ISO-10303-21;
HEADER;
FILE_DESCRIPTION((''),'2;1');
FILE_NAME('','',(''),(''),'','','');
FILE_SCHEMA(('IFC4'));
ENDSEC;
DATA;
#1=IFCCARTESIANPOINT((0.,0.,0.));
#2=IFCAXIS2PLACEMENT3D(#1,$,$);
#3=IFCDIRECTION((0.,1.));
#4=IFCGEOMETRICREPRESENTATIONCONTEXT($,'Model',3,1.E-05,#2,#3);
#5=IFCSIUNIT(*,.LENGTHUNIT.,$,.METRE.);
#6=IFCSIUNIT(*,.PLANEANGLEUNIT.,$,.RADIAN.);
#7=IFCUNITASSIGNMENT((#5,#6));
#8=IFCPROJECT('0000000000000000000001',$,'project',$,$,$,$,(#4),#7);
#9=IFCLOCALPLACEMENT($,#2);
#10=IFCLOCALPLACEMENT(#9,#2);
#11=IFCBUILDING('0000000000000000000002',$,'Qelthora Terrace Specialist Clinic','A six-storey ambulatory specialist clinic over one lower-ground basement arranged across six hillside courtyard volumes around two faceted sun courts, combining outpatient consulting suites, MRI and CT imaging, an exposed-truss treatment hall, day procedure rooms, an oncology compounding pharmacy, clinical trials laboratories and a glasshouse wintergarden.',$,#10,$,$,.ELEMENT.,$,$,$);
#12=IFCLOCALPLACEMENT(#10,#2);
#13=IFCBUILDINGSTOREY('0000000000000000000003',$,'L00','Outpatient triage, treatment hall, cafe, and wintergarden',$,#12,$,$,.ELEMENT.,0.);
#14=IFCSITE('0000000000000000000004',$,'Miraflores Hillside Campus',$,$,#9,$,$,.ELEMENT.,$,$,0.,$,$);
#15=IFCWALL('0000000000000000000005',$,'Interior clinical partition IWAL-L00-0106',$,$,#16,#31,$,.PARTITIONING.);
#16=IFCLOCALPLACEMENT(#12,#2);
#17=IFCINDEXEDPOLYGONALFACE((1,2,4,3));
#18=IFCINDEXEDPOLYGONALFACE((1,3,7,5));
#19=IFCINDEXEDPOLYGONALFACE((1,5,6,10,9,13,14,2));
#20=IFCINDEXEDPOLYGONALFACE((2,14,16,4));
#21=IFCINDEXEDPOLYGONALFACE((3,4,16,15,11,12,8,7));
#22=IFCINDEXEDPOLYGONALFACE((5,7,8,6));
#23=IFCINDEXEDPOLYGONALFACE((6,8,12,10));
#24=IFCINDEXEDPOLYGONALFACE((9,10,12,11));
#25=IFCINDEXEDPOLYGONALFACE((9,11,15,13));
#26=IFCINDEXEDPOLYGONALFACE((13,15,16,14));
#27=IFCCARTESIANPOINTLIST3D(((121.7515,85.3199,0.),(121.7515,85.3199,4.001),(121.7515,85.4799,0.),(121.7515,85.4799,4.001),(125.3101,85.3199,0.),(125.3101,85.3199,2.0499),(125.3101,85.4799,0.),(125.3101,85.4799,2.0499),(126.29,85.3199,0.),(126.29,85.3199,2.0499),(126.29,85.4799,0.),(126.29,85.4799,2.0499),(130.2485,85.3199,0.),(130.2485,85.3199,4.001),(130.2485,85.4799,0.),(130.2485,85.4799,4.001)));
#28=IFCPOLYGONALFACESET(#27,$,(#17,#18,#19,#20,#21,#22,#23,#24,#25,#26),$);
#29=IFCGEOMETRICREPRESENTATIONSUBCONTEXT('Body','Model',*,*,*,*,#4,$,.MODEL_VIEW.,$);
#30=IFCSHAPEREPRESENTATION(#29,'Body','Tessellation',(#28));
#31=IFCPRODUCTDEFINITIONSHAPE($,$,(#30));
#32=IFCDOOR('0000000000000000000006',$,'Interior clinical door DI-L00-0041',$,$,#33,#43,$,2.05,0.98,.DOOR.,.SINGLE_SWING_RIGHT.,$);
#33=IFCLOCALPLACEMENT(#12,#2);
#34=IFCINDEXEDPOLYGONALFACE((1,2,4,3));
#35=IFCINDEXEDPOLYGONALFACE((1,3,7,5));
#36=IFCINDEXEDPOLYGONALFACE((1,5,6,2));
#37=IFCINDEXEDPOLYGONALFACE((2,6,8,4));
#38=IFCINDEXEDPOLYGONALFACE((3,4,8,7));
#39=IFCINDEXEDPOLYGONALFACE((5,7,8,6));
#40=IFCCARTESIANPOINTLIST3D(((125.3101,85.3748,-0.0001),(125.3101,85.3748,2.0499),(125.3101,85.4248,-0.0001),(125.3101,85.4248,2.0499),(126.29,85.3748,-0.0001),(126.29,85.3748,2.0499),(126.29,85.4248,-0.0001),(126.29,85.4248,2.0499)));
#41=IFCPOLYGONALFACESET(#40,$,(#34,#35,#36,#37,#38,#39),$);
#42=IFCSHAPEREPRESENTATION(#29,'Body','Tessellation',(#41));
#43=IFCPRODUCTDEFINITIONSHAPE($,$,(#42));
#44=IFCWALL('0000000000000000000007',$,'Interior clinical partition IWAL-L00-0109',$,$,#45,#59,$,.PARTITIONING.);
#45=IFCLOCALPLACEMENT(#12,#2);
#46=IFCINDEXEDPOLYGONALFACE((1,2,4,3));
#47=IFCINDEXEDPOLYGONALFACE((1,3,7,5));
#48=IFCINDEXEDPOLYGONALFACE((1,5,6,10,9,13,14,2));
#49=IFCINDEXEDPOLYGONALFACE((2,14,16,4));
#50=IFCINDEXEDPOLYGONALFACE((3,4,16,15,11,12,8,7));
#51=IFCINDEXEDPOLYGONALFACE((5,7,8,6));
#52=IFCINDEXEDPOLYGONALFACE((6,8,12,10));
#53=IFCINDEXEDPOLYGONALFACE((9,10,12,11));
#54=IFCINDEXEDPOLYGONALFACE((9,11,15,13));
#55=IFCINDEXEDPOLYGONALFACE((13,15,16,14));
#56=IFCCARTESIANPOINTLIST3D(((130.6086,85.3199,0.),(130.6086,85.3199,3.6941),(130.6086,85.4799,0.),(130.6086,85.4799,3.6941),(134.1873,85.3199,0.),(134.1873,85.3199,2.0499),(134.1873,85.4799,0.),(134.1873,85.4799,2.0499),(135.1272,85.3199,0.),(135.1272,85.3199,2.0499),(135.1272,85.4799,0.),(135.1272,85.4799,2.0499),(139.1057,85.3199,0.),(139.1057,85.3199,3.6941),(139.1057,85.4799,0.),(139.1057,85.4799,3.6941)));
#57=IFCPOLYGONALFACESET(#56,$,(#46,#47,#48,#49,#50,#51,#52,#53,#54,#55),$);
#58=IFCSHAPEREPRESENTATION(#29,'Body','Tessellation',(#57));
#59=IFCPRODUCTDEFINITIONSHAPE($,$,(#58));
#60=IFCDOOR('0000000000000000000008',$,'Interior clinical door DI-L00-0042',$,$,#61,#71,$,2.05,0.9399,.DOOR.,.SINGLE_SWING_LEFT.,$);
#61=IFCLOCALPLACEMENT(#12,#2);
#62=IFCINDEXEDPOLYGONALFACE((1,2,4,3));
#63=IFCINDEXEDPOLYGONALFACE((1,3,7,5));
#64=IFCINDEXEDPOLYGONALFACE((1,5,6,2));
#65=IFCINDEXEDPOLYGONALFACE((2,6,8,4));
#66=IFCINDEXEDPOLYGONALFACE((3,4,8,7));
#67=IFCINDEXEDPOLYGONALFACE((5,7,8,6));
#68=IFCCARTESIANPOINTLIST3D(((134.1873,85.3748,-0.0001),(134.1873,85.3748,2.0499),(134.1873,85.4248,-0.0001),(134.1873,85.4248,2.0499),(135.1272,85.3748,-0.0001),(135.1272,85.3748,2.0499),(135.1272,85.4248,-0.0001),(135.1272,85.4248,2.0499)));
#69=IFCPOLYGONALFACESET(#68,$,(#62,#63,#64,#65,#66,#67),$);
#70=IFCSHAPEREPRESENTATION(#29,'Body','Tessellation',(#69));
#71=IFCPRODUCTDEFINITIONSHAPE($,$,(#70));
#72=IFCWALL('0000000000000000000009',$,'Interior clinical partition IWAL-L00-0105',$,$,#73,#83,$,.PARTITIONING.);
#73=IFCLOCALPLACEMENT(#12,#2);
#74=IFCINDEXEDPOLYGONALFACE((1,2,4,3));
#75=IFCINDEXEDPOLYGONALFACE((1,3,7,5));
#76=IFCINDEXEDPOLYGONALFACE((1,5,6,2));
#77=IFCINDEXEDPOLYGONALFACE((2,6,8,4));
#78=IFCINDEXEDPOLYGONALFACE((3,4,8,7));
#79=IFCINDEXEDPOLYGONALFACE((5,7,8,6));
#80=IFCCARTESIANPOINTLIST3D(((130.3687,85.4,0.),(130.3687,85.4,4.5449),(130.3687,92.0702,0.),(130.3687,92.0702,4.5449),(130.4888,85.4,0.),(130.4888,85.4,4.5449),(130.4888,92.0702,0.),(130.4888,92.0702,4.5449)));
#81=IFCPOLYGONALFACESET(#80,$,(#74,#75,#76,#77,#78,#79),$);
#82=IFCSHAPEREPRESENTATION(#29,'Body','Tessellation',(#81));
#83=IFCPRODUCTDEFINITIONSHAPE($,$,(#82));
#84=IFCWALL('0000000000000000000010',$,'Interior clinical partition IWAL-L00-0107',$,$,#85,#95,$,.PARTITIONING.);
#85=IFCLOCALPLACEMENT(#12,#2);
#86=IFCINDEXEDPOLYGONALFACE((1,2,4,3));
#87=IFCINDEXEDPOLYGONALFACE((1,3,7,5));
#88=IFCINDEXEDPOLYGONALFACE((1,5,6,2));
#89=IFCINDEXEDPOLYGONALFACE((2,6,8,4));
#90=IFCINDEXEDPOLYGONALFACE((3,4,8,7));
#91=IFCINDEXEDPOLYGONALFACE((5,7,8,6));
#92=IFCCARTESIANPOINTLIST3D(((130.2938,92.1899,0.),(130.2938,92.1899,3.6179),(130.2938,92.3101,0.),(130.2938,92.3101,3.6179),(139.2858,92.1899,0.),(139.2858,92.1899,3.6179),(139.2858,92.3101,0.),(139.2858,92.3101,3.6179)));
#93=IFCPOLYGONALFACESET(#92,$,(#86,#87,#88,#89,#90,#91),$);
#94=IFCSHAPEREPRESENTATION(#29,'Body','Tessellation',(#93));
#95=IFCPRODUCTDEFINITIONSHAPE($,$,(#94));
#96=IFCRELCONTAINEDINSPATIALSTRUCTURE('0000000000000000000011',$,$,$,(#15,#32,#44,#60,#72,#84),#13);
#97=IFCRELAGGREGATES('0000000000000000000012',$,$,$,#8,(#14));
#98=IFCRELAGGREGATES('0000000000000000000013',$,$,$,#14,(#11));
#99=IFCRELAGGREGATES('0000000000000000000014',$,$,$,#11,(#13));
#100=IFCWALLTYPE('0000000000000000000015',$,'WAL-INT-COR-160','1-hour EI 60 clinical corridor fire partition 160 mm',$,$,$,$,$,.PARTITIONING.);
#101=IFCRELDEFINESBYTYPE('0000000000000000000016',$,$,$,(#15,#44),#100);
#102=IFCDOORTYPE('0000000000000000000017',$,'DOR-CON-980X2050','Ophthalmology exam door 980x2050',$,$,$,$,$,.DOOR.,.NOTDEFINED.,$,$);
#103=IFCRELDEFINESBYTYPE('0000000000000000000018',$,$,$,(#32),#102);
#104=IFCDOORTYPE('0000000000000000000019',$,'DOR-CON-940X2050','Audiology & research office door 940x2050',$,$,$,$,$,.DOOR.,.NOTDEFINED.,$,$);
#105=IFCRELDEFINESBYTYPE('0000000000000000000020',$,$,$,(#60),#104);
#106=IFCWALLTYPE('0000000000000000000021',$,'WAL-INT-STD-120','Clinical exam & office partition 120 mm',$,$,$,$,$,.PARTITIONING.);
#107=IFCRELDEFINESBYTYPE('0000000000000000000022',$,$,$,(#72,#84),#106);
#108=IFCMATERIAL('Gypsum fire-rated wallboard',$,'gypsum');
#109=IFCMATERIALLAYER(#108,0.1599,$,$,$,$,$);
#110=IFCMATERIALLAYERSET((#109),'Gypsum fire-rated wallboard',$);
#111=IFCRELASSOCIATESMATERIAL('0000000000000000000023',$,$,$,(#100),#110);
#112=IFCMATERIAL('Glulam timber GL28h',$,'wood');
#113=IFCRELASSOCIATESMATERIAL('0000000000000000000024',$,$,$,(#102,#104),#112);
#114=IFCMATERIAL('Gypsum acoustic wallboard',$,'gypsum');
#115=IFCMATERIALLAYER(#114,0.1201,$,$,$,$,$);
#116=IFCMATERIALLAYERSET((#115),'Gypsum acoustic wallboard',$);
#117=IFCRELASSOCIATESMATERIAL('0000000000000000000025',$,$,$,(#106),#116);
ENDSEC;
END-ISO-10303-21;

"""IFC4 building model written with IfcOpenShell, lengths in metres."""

from ifc_helpers import new_model, si_unit, direction, frame, frame_2d, origin, place, context, subcontext, project, spatial, rectangle, extrude, material, layer, layer_set, type_object, element, fill, save


model = new_model("IFC4")

# Units and contexts
model_context = context("Model", 3, precision=1e-05, world=origin(), true_north=direction((0.0, 1.0)))
body_context = subcontext(model_context, "Body", "Model", "MODEL_VIEW")
ifc_project = project(units=[si_unit("LENGTHUNIT", "METRE"), si_unit("PLANEANGLEUNIT", "RADIAN")], contexts=[model_context])

# Site, building, storey
site_placement = place(None, origin())
site = spatial("IfcSite", under=ifc_project, at=site_placement, Name="Miraflores Hillside Campus", CompositionType="ELEMENT", RefElevation=0.0)
building_placement = place(site_placement, origin())
building = spatial("IfcBuilding", under=site, at=building_placement, Name="Qelthora Terrace Specialist Clinic", Description="A six-storey ambulatory specialist clinic over one lower-ground basement arranged across six hillside courtyard volumes around two faceted sun courts, combining outpatient consulting suites, MRI and CT imaging, an exposed-truss treatment hall, day procedure rooms, an oncology compounding pharmacy, clinical trials laboratories and a glasshouse wintergarden.", CompositionType="ELEMENT")
storey_placement = place(building_placement, origin())
storey = spatial("IfcBuildingStorey", under=building, at=storey_placement, Name="L00", Description="Outpatient triage, treatment hall, cafe, and wintergarden", CompositionType="ELEMENT", Elevation=0.0)

# Shared definitions
ifc_material_1 = material(Name="Gypsum acoustic wallboard", Category="gypsum")
ifc_material_2 = material(Name="Gypsum fire-rated wallboard", Category="gypsum")

# Walls, openings, doors
ifc_layer_1 = layer(ifc_material_2, 0.1599)
ifc_layer_set_1 = layer_set([ifc_layer_1], Name="Gypsum fire-rated wallboard")
wall_type_1 = type_object("IfcWallType", Name="WAL-INT-COR-160", Description="1-hour EI 60 clinical corridor fire partition 160 mm", PredefinedType="PARTITIONING", material=ifc_layer_set_1)
wall_1_placement = place(storey_placement, frame((130.2485, 85.3999, 0.0), z_axis=(0.0, 0.0, 1.0), x_axis=(-1.0, 0.0, 0.0)))
wall_1 = element("IfcWall", 1, at=wall_1_placement, inside=storey, type_object=wall_type_1, Name="Interior clinical partition IWAL-L00-0106", PredefinedType="PARTITIONING", context=body_context, shape_type="SweptSolid", body=[
    extrude(rectangle(XDim=8.4971, YDim=0.1599, at=frame_2d((4.2485, 0.0))), origin(), (0.0, 0.0, 1.0), 4.001),
])
opening_1_placement = place(wall_1_placement, frame((3.9585, 0.0, 0.0)))
opening_1 = element("IfcOpeningElement", 2, at=opening_1_placement, cuts=wall_1, PredefinedType="OPENING", context=body_context, shape_type="SweptSolid", body=[
    extrude(rectangle(XDim=0.98, YDim=2.05, at=frame_2d((0.49, 1.0249))), frame((0.0, 0.0898, 0.0), z_axis=(0.0, -1.0, 0.0), x_axis=(1.0, 0.0, 0.0)), (0.0, 0.0, 1.0), 0.1799),
])
ifc_material_3 = material(Name="Glulam timber GL28h", Category="wood")
door_type_1 = type_object("IfcDoorType", Name="DOR-CON-980X2050", Description="Ophthalmology exam door 980x2050", OperationType="NOTDEFINED", PredefinedType="DOOR", material=ifc_material_3)
door_1_placement = place(opening_1_placement, frame((0.98, 0.0, 0.0), z_axis=(0.0, 0.0, 1.0), x_axis=(-1.0, 0.0, 0.0)))
door_1 = element("IfcDoor", 3, at=door_1_placement, inside=storey, type_object=door_type_1, Name="Interior clinical door DI-L00-0041", OperationType="SINGLE_SWING_RIGHT", OverallHeight=2.05, OverallWidth=0.98, PredefinedType="DOOR", context=body_context, shape_type="SweptSolid", body=[
    extrude(rectangle(XDim=0.98, YDim=2.05, at=frame_2d((0.49, 1.0249))), frame((0.0, 0.0249, 0.0), z_axis=(0.0, -1.0, 0.0), x_axis=(1.0, 0.0, 0.0)), (0.0, 0.0, 1.0), 0.05),
])
fill(opening_1, door_1)
wall_2_placement = place(storey_placement, frame((139.1057, 85.3999, 0.0), z_axis=(0.0, 0.0, 1.0), x_axis=(-1.0, 0.0, 0.0)))
wall_2 = element("IfcWall", 4, at=wall_2_placement, inside=storey, type_object=wall_type_1, Name="Interior clinical partition IWAL-L00-0109", PredefinedType="PARTITIONING", context=body_context, shape_type="SweptSolid", body=[
    extrude(rectangle(XDim=8.4971, YDim=0.1599, at=frame_2d((4.2485, 0.0))), origin(), (0.0, 0.0, 1.0), 3.6941),
])
opening_2_placement = place(wall_2_placement, frame((3.9785, 0.0, 0.0)))
opening_2 = element("IfcOpeningElement", 5, at=opening_2_placement, cuts=wall_2, PredefinedType="OPENING", context=body_context, shape_type="SweptSolid", body=[
    extrude(rectangle(XDim=0.9399, YDim=2.05, at=frame_2d((0.47, 1.0249))), frame((0.0, 0.0898, 0.0), z_axis=(0.0, -1.0, 0.0), x_axis=(1.0, 0.0, 0.0)), (0.0, 0.0, 1.0), 0.1799),
])
door_type_2 = type_object("IfcDoorType", Name="DOR-CON-940X2050", Description="Audiology & research office door 940x2050", OperationType="NOTDEFINED", PredefinedType="DOOR", material=ifc_material_3)
door_2_placement = place(opening_2_placement, frame((0.9399, 0.0, 0.0), z_axis=(0.0, 0.0, 1.0), x_axis=(-1.0, 0.0, 0.0)))
door_2 = element("IfcDoor", 6, at=door_2_placement, inside=storey, type_object=door_type_2, Name="Interior clinical door DI-L00-0042", OperationType="SINGLE_SWING_LEFT", OverallHeight=2.05, OverallWidth=0.9399, PredefinedType="DOOR", context=body_context, shape_type="SweptSolid", body=[
    extrude(rectangle(XDim=0.9399, YDim=2.05, at=frame_2d((0.47, 1.0249))), frame((0.0, 0.0249, 0.0), z_axis=(0.0, -1.0, 0.0), x_axis=(1.0, 0.0, 0.0)), (0.0, 0.0, 1.0), 0.05),
])
fill(opening_2, door_2)

# Walls
ifc_layer_2 = layer(ifc_material_1, 0.1201)
ifc_layer_set_2 = layer_set([ifc_layer_2], Name="Gypsum acoustic wallboard")
wall_type_2 = type_object("IfcWallType", Name="WAL-INT-STD-120", Description="Clinical exam & office partition 120 mm", PredefinedType="PARTITIONING", material=ifc_layer_set_2)
wall_3_placement = place(storey_placement, frame((130.4287, 92.0701, 0.0), z_axis=(0.0, 0.0, 1.0), x_axis=(0.0, -1.0, 0.0)))
element("IfcWall", 7, at=wall_3_placement, inside=storey, type_object=wall_type_2, Name="Interior clinical partition IWAL-L00-0105", PredefinedType="PARTITIONING", context=body_context, shape_type="SweptSolid", body=[
    extrude(rectangle(XDim=6.6702, YDim=0.1201, at=frame_2d((3.335, 0.0))), origin(), (0.0, 0.0, 1.0), 4.5449),
])
wall_4_placement = place(storey_placement, frame((130.2937, 92.25, 0.0), z_axis=(0.0, 0.0, 1.0), x_axis=(1.0, 0.0, 0.0)))
element("IfcWall", 8, at=wall_4_placement, inside=storey, type_object=wall_type_2, Name="Interior clinical partition IWAL-L00-0107", PredefinedType="PARTITIONING", context=body_context, shape_type="SweptSolid", body=[
    extrude(rectangle(XDim=8.9919, YDim=0.1201, at=frame_2d((4.4961, 0.0))), origin(), (0.0, 0.0, 1.0), 3.6179),
])

save(model, "model.ifc")
